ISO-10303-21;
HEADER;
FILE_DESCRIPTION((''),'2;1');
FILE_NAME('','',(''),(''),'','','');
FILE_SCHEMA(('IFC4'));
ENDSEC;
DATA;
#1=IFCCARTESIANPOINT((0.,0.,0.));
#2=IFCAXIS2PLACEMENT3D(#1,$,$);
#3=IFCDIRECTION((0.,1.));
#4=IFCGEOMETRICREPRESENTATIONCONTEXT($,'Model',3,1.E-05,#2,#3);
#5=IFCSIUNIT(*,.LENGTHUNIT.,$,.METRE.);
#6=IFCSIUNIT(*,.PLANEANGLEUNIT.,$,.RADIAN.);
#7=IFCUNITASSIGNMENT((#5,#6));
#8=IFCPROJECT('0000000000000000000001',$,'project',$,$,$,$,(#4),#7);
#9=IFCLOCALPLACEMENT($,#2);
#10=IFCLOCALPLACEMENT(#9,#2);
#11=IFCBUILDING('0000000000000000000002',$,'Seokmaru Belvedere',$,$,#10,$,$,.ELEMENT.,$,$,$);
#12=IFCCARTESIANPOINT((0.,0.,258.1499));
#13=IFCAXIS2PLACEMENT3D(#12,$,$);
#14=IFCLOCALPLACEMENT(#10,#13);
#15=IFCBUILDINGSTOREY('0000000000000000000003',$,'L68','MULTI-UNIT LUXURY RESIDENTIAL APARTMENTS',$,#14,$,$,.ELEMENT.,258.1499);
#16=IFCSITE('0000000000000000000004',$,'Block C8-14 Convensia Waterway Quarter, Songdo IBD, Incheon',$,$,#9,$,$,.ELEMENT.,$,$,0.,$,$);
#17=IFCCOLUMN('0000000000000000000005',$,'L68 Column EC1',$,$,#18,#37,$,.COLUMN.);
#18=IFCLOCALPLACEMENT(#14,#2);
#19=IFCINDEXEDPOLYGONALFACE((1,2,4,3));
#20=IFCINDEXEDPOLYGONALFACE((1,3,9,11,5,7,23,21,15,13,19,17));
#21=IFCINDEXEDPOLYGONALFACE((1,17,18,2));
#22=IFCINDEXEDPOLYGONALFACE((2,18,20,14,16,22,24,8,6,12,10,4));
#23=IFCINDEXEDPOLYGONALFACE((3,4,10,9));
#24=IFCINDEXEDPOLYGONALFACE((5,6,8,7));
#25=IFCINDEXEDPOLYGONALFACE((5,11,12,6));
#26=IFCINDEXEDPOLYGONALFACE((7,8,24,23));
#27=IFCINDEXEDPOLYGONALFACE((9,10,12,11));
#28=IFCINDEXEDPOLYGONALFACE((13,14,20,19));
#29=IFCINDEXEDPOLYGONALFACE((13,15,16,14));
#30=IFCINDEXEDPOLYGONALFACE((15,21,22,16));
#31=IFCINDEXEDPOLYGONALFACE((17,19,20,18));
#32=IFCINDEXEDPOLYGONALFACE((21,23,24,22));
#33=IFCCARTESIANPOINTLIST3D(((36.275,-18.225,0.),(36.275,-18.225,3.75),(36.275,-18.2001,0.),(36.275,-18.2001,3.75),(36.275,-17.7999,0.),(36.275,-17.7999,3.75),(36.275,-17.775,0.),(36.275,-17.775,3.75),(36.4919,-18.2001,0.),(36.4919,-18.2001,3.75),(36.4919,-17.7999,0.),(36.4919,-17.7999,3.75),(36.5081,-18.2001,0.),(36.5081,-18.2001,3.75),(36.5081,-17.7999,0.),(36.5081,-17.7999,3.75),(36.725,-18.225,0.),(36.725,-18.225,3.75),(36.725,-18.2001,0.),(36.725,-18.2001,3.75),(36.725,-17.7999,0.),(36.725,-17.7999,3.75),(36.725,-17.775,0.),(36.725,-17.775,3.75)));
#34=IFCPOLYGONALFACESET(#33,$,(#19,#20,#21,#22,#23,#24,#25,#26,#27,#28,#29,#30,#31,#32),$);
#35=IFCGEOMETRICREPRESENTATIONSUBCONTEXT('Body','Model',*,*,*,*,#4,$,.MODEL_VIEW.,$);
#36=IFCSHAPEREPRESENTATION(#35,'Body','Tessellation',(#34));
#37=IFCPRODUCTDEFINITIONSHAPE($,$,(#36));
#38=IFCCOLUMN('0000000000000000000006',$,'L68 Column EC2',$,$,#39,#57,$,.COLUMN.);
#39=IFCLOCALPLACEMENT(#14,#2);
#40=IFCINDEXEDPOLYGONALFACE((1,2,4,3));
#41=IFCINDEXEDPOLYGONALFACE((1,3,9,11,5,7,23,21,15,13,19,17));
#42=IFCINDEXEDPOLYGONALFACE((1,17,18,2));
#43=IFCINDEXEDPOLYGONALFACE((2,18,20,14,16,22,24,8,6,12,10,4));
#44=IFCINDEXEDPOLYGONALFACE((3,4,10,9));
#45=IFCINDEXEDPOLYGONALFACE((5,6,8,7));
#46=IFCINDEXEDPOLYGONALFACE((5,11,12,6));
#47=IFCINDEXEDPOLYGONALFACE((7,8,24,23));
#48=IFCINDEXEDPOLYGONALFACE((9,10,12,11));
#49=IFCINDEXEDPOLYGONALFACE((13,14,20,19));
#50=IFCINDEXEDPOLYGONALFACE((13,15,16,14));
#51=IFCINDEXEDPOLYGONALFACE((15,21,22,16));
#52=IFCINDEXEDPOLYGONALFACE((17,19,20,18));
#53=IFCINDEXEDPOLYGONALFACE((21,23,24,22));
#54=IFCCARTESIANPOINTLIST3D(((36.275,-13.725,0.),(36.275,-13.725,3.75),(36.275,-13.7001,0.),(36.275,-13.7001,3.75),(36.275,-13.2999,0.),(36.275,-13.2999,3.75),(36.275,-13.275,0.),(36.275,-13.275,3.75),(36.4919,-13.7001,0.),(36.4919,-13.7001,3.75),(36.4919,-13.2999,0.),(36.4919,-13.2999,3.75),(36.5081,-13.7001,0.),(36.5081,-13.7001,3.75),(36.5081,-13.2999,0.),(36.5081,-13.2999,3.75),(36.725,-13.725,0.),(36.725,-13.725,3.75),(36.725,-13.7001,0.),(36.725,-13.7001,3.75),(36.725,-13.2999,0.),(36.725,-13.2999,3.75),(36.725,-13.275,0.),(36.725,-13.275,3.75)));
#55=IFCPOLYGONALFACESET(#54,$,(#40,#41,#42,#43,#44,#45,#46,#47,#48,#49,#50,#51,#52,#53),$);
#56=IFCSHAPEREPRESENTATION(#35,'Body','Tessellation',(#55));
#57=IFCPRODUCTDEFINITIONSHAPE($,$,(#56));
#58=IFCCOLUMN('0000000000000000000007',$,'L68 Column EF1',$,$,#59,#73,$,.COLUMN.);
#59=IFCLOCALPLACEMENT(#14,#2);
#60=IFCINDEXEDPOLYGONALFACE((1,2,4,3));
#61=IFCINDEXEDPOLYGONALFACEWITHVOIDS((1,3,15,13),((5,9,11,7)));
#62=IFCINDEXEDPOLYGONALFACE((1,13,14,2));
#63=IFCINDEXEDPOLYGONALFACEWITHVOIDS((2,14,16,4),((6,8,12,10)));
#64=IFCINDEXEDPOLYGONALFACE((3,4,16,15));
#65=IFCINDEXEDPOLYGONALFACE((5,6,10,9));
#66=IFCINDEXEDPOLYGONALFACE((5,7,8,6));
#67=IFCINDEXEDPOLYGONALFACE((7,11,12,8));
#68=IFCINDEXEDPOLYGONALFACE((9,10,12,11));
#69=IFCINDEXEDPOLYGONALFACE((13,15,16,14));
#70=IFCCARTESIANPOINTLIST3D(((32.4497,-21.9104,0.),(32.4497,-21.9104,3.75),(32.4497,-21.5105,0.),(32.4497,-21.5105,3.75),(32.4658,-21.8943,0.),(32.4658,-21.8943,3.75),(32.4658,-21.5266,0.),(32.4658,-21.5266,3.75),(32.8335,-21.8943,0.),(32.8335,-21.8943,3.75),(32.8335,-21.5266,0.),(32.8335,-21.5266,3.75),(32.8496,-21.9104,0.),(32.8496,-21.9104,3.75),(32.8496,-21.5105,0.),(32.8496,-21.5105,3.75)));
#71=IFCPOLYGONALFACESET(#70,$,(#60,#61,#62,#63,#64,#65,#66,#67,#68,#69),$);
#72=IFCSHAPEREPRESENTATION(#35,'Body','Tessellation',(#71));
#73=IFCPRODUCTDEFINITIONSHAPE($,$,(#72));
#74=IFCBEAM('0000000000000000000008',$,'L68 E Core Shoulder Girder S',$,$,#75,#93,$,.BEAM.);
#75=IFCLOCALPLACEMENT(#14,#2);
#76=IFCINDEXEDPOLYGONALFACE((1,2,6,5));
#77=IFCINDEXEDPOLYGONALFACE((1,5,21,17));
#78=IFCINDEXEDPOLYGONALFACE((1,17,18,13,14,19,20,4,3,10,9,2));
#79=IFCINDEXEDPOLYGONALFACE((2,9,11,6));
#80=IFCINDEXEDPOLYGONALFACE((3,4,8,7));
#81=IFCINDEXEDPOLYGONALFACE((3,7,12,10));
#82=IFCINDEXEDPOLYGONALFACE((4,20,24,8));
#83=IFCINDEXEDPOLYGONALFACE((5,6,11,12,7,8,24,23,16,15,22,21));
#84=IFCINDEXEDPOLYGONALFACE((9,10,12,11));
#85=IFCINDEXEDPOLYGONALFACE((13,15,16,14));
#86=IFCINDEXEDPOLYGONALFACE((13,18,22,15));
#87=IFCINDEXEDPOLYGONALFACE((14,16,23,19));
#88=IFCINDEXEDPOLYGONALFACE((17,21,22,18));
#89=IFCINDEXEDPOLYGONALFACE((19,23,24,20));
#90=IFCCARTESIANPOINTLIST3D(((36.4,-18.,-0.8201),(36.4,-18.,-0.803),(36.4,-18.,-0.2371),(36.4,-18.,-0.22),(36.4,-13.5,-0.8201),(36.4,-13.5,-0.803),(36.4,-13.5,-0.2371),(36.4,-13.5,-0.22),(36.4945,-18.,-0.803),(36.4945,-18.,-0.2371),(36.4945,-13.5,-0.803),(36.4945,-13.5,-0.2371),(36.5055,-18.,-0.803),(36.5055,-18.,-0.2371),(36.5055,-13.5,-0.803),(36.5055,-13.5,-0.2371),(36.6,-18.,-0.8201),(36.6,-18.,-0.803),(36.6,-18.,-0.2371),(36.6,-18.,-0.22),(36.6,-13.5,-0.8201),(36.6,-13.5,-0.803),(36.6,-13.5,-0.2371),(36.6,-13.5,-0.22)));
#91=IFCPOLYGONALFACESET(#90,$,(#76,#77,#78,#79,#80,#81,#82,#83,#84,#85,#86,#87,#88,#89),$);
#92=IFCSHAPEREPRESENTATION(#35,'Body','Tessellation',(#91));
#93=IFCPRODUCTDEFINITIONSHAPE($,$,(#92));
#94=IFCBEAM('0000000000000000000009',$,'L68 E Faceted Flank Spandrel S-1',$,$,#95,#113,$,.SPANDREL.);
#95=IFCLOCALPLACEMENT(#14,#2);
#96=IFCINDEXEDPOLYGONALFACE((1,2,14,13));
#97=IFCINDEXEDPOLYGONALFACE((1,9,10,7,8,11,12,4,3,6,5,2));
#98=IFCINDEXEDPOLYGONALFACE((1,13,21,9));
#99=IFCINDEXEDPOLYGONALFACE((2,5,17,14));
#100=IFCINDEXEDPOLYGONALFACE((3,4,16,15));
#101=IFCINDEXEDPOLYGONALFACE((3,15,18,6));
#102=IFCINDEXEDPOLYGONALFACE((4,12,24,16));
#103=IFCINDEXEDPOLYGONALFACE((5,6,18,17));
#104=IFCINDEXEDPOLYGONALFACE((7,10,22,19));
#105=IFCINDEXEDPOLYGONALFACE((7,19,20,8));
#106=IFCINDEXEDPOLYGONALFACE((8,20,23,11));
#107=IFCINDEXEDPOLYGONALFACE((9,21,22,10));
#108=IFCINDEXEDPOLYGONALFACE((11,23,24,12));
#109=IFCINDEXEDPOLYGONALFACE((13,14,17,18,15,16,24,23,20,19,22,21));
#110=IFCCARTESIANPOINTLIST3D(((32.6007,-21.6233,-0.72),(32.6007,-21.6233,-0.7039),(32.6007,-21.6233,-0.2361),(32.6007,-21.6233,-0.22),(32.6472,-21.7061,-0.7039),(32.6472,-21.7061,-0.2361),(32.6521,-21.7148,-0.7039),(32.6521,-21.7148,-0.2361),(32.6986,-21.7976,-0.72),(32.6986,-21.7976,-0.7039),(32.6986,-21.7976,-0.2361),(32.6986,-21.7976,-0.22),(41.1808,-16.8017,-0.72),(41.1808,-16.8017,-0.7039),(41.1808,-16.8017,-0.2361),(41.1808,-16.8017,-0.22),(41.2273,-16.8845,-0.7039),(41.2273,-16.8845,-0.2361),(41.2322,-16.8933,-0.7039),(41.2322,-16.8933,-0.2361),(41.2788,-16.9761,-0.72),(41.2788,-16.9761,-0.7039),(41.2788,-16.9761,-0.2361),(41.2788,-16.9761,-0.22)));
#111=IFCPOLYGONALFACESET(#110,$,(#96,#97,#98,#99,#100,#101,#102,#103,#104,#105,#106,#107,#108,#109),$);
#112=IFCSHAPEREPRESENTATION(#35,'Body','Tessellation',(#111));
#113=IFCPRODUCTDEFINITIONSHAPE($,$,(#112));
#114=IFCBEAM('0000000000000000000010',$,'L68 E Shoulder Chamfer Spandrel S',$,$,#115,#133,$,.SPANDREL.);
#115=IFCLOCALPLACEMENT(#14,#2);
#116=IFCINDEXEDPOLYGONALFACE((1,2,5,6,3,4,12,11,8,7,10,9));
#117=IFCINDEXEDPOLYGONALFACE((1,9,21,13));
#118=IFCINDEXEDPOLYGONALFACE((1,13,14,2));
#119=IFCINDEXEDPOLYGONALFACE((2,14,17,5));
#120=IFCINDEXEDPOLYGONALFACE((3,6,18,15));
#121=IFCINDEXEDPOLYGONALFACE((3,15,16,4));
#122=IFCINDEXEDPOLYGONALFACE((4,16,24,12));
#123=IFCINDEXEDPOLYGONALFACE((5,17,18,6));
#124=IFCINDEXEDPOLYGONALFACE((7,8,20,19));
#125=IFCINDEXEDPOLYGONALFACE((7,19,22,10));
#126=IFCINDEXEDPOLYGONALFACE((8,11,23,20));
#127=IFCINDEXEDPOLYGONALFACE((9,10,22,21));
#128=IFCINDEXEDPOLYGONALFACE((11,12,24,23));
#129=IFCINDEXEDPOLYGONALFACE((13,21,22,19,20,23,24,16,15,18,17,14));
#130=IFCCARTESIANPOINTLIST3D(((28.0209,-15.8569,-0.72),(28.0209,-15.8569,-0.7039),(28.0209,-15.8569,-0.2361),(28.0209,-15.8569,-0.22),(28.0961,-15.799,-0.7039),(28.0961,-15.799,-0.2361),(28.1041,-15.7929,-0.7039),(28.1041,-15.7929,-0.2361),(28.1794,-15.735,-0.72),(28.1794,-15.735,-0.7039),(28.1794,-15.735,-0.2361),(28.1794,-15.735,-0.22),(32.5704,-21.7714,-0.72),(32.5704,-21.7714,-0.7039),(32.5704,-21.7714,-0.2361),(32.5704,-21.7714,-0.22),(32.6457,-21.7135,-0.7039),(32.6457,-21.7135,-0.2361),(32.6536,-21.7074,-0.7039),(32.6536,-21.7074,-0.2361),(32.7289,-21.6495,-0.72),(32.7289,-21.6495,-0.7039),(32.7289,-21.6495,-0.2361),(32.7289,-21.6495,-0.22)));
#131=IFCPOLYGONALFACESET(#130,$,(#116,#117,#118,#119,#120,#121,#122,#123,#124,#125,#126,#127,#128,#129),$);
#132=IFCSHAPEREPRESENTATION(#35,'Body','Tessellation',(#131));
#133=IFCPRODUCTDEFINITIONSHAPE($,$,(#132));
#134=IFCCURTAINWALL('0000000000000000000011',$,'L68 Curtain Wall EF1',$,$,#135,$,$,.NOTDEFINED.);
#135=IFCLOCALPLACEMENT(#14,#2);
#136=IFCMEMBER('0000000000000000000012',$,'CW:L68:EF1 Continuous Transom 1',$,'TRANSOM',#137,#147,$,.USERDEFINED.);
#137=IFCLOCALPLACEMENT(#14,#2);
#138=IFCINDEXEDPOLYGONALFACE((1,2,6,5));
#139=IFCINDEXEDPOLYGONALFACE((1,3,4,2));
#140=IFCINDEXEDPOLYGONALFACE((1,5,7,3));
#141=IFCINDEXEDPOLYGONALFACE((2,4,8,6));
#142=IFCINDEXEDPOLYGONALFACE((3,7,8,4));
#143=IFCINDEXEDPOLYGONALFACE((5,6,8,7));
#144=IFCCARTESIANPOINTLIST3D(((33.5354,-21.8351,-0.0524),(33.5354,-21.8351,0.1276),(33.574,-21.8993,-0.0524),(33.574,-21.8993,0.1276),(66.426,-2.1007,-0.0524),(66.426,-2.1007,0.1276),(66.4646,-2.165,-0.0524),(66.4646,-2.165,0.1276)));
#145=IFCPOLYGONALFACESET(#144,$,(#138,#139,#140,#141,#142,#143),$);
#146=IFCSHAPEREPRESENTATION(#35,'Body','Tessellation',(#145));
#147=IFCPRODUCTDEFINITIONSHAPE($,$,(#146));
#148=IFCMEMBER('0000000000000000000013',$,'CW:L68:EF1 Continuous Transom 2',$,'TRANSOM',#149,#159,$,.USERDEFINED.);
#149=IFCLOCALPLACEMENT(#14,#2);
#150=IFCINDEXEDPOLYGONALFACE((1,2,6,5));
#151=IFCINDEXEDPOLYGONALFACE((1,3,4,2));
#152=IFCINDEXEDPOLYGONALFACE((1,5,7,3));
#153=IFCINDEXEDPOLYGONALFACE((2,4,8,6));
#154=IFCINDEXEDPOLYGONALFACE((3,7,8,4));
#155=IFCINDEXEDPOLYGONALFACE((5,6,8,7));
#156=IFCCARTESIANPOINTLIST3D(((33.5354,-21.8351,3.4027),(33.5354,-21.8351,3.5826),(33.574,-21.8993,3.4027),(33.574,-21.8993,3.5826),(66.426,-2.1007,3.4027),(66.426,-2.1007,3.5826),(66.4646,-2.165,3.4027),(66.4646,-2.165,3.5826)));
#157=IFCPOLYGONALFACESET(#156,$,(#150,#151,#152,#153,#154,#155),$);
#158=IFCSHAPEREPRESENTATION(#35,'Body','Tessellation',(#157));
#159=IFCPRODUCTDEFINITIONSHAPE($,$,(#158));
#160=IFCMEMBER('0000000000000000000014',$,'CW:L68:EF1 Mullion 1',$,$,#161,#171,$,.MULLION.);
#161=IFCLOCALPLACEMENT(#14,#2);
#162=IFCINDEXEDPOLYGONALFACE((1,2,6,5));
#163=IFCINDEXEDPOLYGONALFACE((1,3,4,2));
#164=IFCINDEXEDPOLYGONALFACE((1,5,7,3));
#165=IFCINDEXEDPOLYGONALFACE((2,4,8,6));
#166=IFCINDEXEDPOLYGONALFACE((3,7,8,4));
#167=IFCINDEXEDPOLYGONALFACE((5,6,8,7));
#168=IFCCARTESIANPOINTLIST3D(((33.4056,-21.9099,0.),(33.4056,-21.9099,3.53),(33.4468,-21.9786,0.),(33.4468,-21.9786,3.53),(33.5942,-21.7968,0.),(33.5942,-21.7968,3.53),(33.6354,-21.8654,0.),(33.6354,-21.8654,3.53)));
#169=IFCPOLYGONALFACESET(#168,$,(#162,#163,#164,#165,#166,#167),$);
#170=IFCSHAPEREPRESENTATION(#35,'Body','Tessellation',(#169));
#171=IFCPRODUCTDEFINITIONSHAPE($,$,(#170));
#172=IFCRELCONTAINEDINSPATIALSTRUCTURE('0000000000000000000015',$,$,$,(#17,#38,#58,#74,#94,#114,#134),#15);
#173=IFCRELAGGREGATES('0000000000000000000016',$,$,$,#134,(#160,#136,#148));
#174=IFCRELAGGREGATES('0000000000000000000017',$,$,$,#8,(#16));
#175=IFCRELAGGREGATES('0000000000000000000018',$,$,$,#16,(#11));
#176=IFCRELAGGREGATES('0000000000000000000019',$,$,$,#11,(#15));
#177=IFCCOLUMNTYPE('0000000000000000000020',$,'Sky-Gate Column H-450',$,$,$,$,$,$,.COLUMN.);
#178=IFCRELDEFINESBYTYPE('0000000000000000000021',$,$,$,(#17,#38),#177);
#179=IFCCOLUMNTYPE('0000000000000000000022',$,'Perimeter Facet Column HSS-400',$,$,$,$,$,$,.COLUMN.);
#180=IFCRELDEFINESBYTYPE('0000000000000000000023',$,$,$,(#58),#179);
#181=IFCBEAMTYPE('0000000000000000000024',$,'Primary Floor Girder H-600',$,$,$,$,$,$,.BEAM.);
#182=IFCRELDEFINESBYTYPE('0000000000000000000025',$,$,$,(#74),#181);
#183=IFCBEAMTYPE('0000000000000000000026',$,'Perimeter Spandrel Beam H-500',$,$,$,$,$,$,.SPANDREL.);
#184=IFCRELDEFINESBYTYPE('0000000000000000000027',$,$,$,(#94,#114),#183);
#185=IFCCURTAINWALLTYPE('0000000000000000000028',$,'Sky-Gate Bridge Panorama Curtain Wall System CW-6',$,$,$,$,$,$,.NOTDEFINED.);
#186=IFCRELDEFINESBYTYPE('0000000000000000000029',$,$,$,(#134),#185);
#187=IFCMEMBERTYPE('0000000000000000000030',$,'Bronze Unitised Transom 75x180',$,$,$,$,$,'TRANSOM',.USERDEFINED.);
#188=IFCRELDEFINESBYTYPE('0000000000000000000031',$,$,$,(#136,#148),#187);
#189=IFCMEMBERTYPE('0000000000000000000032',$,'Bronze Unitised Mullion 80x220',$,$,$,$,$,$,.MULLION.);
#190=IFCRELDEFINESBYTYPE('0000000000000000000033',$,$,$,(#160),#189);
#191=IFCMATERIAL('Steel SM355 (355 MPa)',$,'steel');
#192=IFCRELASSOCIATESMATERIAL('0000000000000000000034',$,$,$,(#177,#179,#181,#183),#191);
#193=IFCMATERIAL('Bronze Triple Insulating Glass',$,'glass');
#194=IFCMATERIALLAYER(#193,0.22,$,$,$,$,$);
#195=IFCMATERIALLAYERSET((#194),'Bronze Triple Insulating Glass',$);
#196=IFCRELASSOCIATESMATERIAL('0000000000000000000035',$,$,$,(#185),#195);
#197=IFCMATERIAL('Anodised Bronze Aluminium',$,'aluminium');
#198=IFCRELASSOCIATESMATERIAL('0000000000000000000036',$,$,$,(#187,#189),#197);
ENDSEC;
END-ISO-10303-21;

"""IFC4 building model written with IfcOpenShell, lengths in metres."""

from ifc_helpers import new_model, si_unit, direction, frame, origin, origin_2d, place, context, subcontext, project, spatial, rectangle, hollow_rectangle, i_section, extrude, source, transform, mapped, material, layer, layer_set, material_profile, profile_set, type_object, type_shapes, element, aggregate, save


model = new_model("IFC4")

# Units and contexts
model_context = context("Model", 3, precision=1e-05, world=origin(), true_north=direction((0.0, 1.0)))
body_context = subcontext(model_context, "Body", "Model", "MODEL_VIEW")
ifc_project = project(units=[si_unit("LENGTHUNIT", "METRE"), si_unit("PLANEANGLEUNIT", "RADIAN")], contexts=[model_context])

# Site, building, storey
site_placement = place(None, origin())
site = spatial("IfcSite", under=ifc_project, at=site_placement, Name="Block C8-14 Convensia Waterway Quarter, Songdo IBD, Incheon", CompositionType="ELEMENT", RefElevation=0.0)
building_placement = place(site_placement, origin())
building = spatial("IfcBuilding", under=site, at=building_placement, Name="Seokmaru Belvedere", CompositionType="ELEMENT")
storey_placement = place(building_placement, frame((0.0, 0.0, 258.1499)))
storey = spatial("IfcBuildingStorey", under=building, at=storey_placement, Name="L68", Description="MULTI-UNIT LUXURY RESIDENTIAL APARTMENTS", CompositionType="ELEMENT", Elevation=258.1499)

# Columns
ifc_material_1 = material(Name="Steel SM355 (355 MPa)", Category="steel")
ifc_material_profile_1 = material_profile(ifc_material_1, i_section(OverallWidth=0.45, OverallDepth=0.45, WebThickness=0.0161, FlangeThickness=0.0249, at=origin_2d()), Name="H-450x450x16x25")
ifc_profile_set_1 = profile_set([ifc_material_profile_1], Name="Steel SM355 (355 MPa)")
column_type_1 = type_object("IfcColumnType", Name="Sky-Gate Column H-450", PredefinedType="COLUMN", material=ifc_profile_set_1)
shared_shape_1 = source(origin(), body_context, "Body", "SweptSolid", [
    extrude(i_section(OverallWidth=0.45, OverallDepth=0.45, WebThickness=0.0161, FlangeThickness=0.0249, at=origin_2d()), origin(), (0.0, 0.0, 1.0), 3.75),
])
type_shapes(column_type_1, [shared_shape_1])
for number, where, z_axis, x_axis, name in (
    (1, (36.5, -18.0, 0.0), (0.0, 0.0, 1.0), (1.0, 0.0, 0.0), "L68 Column EC1"),
    (2, (36.5, -13.5, 0.0), (0.0, 0.0, 1.0), (1.0, 0.0, 0.0), "L68 Column EC2"),
):
    element("IfcColumn", number, at=place(storey_placement, frame(where, z_axis=z_axis, x_axis=x_axis)), inside=storey, type_object=column_type_1, Name=name, PredefinedType="COLUMN", context=body_context, shape_type="MappedRepresentation", body=[
        mapped(shared_shape_1, transform((0.0, 0.0, 0.0), scale=1.0)),
    ])
ifc_material_profile_2 = material_profile(ifc_material_1, hollow_rectangle(XDim=0.3999, YDim=0.3999, WallThickness=0.0161, at=origin_2d()), Name="HSS-400x400x16")
ifc_profile_set_2 = profile_set([ifc_material_profile_2], Name="Steel SM355 (355 MPa)")
column_type_2 = type_object("IfcColumnType", Name="Perimeter Facet Column HSS-400", PredefinedType="COLUMN", material=ifc_profile_set_2)
shared_shape_2 = source(origin(), body_context, "Body", "SweptSolid", [
    extrude(hollow_rectangle(XDim=0.3999, YDim=0.3999, WallThickness=0.0161, at=origin_2d()), origin(), (0.0, 0.0, 1.0), 3.75),
])
type_shapes(column_type_2, [shared_shape_2])
column_placement = place(storey_placement, frame((32.6497, -21.7104, 0.0), z_axis=(0.0, 0.0, 1.0), x_axis=(1.0, 0.0, 0.0)))
element("IfcColumn", 3, at=column_placement, inside=storey, type_object=column_type_2, Name="L68 Column EF1", PredefinedType="COLUMN", context=body_context, shape_type="MappedRepresentation", body=[
    mapped(shared_shape_2, transform((0.0, 0.0, 0.0), scale=1.0)),
])

# Beams
ifc_material_profile_3 = material_profile(ifc_material_1, i_section(OverallWidth=0.2, OverallDepth=0.6001, WebThickness=0.011, FlangeThickness=0.0171, at=origin_2d()), Name="H-600x200x11x17")
ifc_profile_set_3 = profile_set([ifc_material_profile_3], Name="Steel SM355 (355 MPa)")
beam_type_1 = type_object("IfcBeamType", Name="Primary Floor Girder H-600", PredefinedType="BEAM", material=ifc_profile_set_3)
shared_shape_3 = source(origin(), body_context, "Body", "SweptSolid", [
    extrude(i_section(OverallWidth=0.2, OverallDepth=0.6001, WebThickness=0.011, FlangeThickness=0.0171, at=origin_2d()), origin(), (0.0, 0.0, 1.0), 4.5),
])
type_shapes(beam_type_1, [shared_shape_3])
beam_1_placement = place(storey_placement, frame((36.5, -18.0, -0.52), z_axis=(0.0, 1.0, 0.0), x_axis=(-1.0, 0.0, 0.0)))
element("IfcBeam", 4, at=beam_1_placement, inside=storey, type_object=beam_type_1, Name="L68 E Core Shoulder Girder S", PredefinedType="BEAM", context=body_context, shape_type="MappedRepresentation", body=[
    mapped(shared_shape_3, transform((0.0, 0.0, 0.0), scale=1.0)),
])
ifc_material_profile_4 = material_profile(ifc_material_1, i_section(OverallWidth=0.2, OverallDepth=0.5, WebThickness=0.01, FlangeThickness=0.0161, at=origin_2d()), Name="H-500x200x10x16")
ifc_profile_set_4 = profile_set([ifc_material_profile_4], Name="Steel SM355 (355 MPa)")
beam_type_2 = type_object("IfcBeamType", Name="Perimeter Spandrel Beam H-500", PredefinedType="SPANDREL", material=ifc_profile_set_4)
shared_shape_4 = source(origin(), body_context, "Body", "SweptSolid", [
    extrude(i_section(OverallWidth=0.2, OverallDepth=0.5, WebThickness=0.01, FlangeThickness=0.0161, at=origin_2d()), origin(), (0.0, 0.0, 1.0), 9.842),
])
beam_2_placement = place(storey_placement, frame((32.6497, -21.7104, -0.47), z_axis=(0.871782, 0.489894, 0.0), x_axis=(-0.489894, 0.871782, 0.0)))
element("IfcBeam", 5, at=beam_2_placement, inside=storey, type_object=beam_type_2, Name="L68 E Faceted Flank Spandrel S-1", PredefinedType="SPANDREL", context=body_context, shape_type="MappedRepresentation", body=[
    mapped(shared_shape_4, transform((0.0, 0.0, 0.0), scale=1.0)),
])
shared_shape_5 = source(origin(), body_context, "Body", "SweptSolid", [
    extrude(i_section(OverallWidth=0.2, OverallDepth=0.5, WebThickness=0.01, FlangeThickness=0.0161, at=origin_2d()), origin(), (0.0, 0.0, 1.0), 7.4619),
])
type_shapes(beam_type_2, [shared_shape_4, shared_shape_5])
beam_3_placement = place(storey_placement, frame((32.6497, -21.7104, -0.47), z_axis=(-0.609703, 0.79263, 0.0), x_axis=(-0.79263, -0.609703, 0.0)))
element("IfcBeam", 6, at=beam_3_placement, inside=storey, type_object=beam_type_2, Name="L68 E Shoulder Chamfer Spandrel S", PredefinedType="SPANDREL", context=body_context, shape_type="MappedRepresentation", body=[
    mapped(shared_shape_5, transform((0.0, 0.0, 0.0), scale=1.0)),
])

# Curtain wall, members
ifc_material_2 = material(Name="Bronze Triple Insulating Glass", Category="glass")
ifc_layer_1 = layer(ifc_material_2, 0.22)
ifc_layer_set_1 = layer_set([ifc_layer_1], Name="Bronze Triple Insulating Glass")
curtain_wall_type = type_object("IfcCurtainWallType", Name="Sky-Gate Bridge Panorama Curtain Wall System CW-6", PredefinedType="NOTDEFINED", material=ifc_layer_set_1)
curtain_wall_1_placement = place(storey_placement, origin())
curtain_wall_1 = element("IfcCurtainWall", 7, at=curtain_wall_1_placement, inside=storey, type_object=curtain_wall_type, Name="L68 Curtain Wall EF1", PredefinedType="NOTDEFINED")
ifc_material_3 = material(Name="Anodised Bronze Aluminium", Category="aluminium")
ifc_material_profile_5 = material_profile(ifc_material_3, rectangle(XDim=0.075, YDim=0.1799, at=origin_2d()), Name="CW-T-75x180")
ifc_profile_set_5 = profile_set([ifc_material_profile_5], Name="Anodised Bronze Aluminium")
member_type_1 = type_object("IfcMemberType", Name="Bronze Unitised Transom 75x180", ElementType="TRANSOM", PredefinedType="USERDEFINED", material=ifc_profile_set_5)
shared_shape_6 = source(origin(), body_context, "Body", "SweptSolid", [
    extrude(rectangle(XDim=0.075, YDim=0.1799, at=origin_2d()), origin(), (0.0, 0.0, 1.0), 38.3567),
])
type_shapes(member_type_1, [shared_shape_6])
member_1_placement = place(storey_placement, frame((33.5547, -21.8672, 0.0376), z_axis=(0.857493, 0.514496, 0.0), x_axis=(-0.514496, 0.857493, 0.0)))
member_1 = element("IfcMember", 8, at=member_1_placement, type_object=member_type_1, Name="CW:L68:EF1 Continuous Transom 1", ObjectType="TRANSOM", PredefinedType="USERDEFINED", context=body_context, shape_type="MappedRepresentation", body=[
    mapped(shared_shape_6, transform((0.0, 0.0, 0.0), scale=1.0)),
])
member_2_placement = place(storey_placement, frame((33.5547, -21.8672, 3.4927), z_axis=(0.857493, 0.514496, 0.0), x_axis=(-0.514496, 0.857493, 0.0)))
member_2 = element("IfcMember", 9, at=member_2_placement, type_object=member_type_1, Name="CW:L68:EF1 Continuous Transom 2", ObjectType="TRANSOM", PredefinedType="USERDEFINED", context=body_context, shape_type="MappedRepresentation", body=[
    mapped(shared_shape_6, transform((0.0, 0.0, 0.0), scale=1.0)),
])
ifc_material_profile_6 = material_profile(ifc_material_3, rectangle(XDim=0.0801, YDim=0.22, at=origin_2d()), Name="CW-M-80x220")
ifc_profile_set_6 = profile_set([ifc_material_profile_6], Name="Anodised Bronze Aluminium")
member_type_2 = type_object("IfcMemberType", Name="Bronze Unitised Mullion 80x220", PredefinedType="MULLION", material=ifc_profile_set_6)
shared_shape_7 = source(origin(), body_context, "Body", "SweptSolid", [
    extrude(rectangle(XDim=0.0801, YDim=0.22, at=origin_2d()), origin(), (0.0, 0.0, 1.0), 3.53),
])
member_3_placement = place(storey_placement, frame((33.5205, -21.8877, 0.0), z_axis=(0.0, 0.0, 1.0), x_axis=(-0.514495, 0.857493, 0.0)))
member_3 = element("IfcMember", 10, at=member_3_placement, type_object=member_type_2, Name="CW:L68:EF1 Mullion 1", PredefinedType="MULLION", context=body_context, shape_type="MappedRepresentation", body=[
    mapped(shared_shape_7, transform((0.0, 0.0, 0.0), scale=1.0)),
])

aggregate(curtain_wall_1, [member_3, member_1, member_2])

save(model, "model.ifc")
